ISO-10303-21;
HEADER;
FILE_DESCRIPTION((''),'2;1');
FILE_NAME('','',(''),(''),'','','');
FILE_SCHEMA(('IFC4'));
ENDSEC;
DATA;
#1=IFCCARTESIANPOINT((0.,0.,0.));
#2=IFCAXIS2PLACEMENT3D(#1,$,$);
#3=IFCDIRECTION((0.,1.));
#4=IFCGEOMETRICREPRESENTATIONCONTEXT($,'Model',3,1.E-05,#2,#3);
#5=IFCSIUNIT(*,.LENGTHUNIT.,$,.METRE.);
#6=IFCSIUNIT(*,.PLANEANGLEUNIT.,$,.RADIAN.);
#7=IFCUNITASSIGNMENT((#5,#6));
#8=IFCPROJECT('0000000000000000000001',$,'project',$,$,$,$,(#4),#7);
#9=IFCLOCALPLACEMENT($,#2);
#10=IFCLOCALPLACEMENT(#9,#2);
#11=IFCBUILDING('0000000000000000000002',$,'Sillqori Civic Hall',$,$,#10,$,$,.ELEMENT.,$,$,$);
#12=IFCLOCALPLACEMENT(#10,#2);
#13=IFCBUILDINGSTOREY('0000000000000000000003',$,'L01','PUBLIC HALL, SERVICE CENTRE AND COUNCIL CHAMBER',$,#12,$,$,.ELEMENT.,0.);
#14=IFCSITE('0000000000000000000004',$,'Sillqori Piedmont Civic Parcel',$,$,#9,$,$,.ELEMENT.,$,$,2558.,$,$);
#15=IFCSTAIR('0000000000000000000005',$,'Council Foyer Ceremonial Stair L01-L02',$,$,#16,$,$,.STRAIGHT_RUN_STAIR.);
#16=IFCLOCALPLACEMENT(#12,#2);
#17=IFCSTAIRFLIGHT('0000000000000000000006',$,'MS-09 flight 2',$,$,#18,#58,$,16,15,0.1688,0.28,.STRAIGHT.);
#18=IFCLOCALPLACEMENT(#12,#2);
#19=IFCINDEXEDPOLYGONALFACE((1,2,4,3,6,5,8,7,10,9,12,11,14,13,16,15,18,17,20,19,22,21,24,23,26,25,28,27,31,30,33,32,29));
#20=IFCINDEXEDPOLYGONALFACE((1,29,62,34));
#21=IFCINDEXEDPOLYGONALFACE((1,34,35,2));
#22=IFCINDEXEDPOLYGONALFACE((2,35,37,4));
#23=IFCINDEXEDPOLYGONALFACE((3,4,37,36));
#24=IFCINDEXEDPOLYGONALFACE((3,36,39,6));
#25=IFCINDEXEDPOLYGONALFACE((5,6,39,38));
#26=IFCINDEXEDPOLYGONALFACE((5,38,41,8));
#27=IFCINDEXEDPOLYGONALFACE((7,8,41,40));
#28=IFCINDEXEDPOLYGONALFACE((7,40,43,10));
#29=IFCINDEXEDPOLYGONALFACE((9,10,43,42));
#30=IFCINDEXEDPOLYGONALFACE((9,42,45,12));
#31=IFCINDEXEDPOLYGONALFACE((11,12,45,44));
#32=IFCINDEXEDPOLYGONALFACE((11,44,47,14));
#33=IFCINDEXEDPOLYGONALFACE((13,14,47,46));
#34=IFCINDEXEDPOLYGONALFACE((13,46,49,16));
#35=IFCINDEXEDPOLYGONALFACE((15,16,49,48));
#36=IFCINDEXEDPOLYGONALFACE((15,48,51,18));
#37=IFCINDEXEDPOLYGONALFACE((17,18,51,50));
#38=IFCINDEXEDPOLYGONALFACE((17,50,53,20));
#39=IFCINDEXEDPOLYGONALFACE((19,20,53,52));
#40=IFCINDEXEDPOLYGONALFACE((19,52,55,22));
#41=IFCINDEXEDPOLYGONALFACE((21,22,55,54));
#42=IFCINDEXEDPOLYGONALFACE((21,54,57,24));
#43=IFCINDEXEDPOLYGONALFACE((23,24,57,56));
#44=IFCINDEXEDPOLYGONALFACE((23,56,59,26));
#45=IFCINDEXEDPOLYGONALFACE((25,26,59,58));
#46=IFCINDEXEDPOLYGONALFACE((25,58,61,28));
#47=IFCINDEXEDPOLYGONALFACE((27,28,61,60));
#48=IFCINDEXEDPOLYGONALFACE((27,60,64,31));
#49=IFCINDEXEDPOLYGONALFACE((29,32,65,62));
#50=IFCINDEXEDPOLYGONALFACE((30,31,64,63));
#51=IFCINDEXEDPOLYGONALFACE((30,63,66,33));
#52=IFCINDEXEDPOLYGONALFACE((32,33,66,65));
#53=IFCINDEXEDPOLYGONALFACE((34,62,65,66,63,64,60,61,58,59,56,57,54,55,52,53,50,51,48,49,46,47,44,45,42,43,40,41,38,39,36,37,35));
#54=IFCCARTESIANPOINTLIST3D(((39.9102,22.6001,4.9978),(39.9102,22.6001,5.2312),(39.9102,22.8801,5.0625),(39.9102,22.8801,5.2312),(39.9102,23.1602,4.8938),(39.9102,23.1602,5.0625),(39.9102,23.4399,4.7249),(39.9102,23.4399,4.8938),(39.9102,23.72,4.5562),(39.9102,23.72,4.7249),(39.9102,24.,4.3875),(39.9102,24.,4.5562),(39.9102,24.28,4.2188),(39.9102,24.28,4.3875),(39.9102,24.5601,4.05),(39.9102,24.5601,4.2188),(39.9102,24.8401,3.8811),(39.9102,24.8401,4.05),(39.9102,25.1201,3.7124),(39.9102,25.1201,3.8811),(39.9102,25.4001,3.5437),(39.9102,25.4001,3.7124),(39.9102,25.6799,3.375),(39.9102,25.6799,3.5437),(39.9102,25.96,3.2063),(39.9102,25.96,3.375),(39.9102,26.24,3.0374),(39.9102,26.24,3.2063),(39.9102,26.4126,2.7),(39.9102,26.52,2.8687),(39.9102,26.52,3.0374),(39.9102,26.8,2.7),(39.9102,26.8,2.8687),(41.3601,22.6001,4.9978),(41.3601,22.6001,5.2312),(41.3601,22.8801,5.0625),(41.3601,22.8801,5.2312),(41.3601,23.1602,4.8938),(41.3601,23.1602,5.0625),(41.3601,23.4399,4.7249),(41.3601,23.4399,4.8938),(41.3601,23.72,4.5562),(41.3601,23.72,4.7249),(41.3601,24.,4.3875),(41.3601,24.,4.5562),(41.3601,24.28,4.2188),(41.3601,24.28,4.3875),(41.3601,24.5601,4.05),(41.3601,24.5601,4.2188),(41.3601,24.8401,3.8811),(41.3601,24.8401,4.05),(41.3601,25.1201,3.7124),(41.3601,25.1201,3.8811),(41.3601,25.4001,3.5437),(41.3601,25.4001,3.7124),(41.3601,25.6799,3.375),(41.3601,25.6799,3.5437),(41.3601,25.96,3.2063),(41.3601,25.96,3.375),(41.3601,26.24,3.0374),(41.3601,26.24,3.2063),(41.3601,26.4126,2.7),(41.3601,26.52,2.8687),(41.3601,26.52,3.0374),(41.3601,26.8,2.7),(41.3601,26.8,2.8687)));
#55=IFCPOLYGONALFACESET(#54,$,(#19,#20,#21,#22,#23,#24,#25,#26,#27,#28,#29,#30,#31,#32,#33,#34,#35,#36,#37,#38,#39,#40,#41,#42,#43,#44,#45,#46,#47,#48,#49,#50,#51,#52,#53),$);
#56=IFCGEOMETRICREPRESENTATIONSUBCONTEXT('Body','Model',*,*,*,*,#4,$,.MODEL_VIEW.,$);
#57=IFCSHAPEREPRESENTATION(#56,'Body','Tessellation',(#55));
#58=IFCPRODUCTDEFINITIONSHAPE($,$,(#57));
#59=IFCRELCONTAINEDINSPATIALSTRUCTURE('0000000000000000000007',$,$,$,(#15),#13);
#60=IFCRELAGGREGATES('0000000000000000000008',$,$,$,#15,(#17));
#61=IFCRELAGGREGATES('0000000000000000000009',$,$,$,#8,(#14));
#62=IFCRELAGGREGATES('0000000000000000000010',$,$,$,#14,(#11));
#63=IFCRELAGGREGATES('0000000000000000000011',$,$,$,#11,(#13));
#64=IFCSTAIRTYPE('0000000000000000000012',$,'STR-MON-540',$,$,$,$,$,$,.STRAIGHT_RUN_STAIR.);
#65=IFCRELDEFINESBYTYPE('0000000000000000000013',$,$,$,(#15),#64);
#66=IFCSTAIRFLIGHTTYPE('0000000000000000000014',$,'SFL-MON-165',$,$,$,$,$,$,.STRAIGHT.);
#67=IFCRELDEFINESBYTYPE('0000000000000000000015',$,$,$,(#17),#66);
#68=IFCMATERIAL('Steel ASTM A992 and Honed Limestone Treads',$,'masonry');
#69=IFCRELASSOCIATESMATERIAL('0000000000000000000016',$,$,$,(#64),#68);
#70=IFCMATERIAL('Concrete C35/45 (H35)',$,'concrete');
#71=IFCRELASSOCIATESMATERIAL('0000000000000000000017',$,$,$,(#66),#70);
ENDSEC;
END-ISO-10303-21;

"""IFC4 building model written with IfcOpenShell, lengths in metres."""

from ifc_helpers import new_model, si_unit, direction, frame, origin, place, context, subcontext, project, spatial, polyline, outline, extrude, material, type_object, element, aggregate, save


model = new_model("IFC4")

# Units and contexts
model_context = context("Model", 3, precision=1e-05, world=origin(), true_north=direction((0.0, 1.0)))
body_context = subcontext(model_context, "Body", "Model", "MODEL_VIEW")
ifc_project = project(units=[si_unit("LENGTHUNIT", "METRE"), si_unit("PLANEANGLEUNIT", "RADIAN")], contexts=[model_context])

# Site, building, storey
site_placement = place(None, origin())
site = spatial("IfcSite", under=ifc_project, at=site_placement, Name="Sillqori Piedmont Civic Parcel", CompositionType="ELEMENT", RefElevation=2558.0)
building_placement = place(site_placement, origin())
building = spatial("IfcBuilding", under=site, at=building_placement, Name="Sillqori Civic Hall", CompositionType="ELEMENT")
storey_placement = place(building_placement, origin())
storey = spatial("IfcBuildingStorey", under=building, at=storey_placement, Name="L01", Description="PUBLIC HALL, SERVICE CENTRE AND COUNCIL CHAMBER", CompositionType="ELEMENT", Elevation=0.0)

# Shared definitions
ifc_material_1 = material(Name="Concrete C35/45 (H35)", Category="concrete")

# Stair, stair flight
ifc_material_2 = material(Name="Steel ASTM A992 and Honed Limestone Treads", Category="masonry")
stair_type = type_object("IfcStairType", Name="STR-MON-540", PredefinedType="STRAIGHT_RUN_STAIR", material=ifc_material_2)
stair_placement = place(storey_placement, origin())
stair = element("IfcStair", 1, at=stair_placement, inside=storey, type_object=stair_type, Name="Council Foyer Ceremonial Stair L01-L02", PredefinedType="STRAIGHT_RUN_STAIR")
stair_flight_type = type_object("IfcStairFlightType", Name="SFL-MON-165", PredefinedType="STRAIGHT", material=ifc_material_1)
stair_flight_1_placement = place(storey_placement, frame((40.635, 26.8, 2.7), z_axis=(0.0, 0.0, 1.0), x_axis=(0.0, -1.0, 0.0)))
stair_flight_1 = element("IfcStairFlight", 2, at=stair_flight_1_placement, type_object=stair_flight_type, Name="MS-09 flight 2", NumberOfRisers=16, NumberOfTreads=15, PredefinedType="STRAIGHT", RiserHeight=0.1688, TreadLength=0.28, context=body_context, shape_type="SweptSolid", body=[
    extrude(outline(polyline([(0.0, 0.0), (0.0, 0.1687), (0.28, 0.1687), (0.28, 0.3374), (0.5601, 0.3374), (0.5601, 0.5063), (0.8401, 0.5063), (0.8401, 0.675), (1.1201, 0.675), (1.1201, 0.8438), (1.3999, 0.8438), (1.3999, 1.0125), (1.6799, 1.0125), (1.6799, 1.1812), (1.96, 1.1812), (1.96, 1.3501), (2.24, 1.3501), (2.24, 1.5188), (2.52, 1.5188), (2.52, 1.6875), (2.8, 1.6875), (2.8, 1.8562), (3.0801, 1.8562), (3.0801, 2.0249), (3.3601, 2.0249), (3.3601, 2.1938), (3.6399, 2.1938), (3.6399, 2.3625), (3.9199, 2.3625), (3.9199, 2.5312), (4.2, 2.5312), (4.2, 2.7), (4.2, 2.2979), (0.3875, 0.0), (0.0, 0.0)])), frame((0.0, 0.7251, 0.0), z_axis=(0.0, -1.0, 0.0), x_axis=(1.0, 0.0, 0.0)), (0.0, 0.0, 1.0), 1.45),
])
aggregate(stair, [stair_flight_1])

save(model, "model.ifc")
